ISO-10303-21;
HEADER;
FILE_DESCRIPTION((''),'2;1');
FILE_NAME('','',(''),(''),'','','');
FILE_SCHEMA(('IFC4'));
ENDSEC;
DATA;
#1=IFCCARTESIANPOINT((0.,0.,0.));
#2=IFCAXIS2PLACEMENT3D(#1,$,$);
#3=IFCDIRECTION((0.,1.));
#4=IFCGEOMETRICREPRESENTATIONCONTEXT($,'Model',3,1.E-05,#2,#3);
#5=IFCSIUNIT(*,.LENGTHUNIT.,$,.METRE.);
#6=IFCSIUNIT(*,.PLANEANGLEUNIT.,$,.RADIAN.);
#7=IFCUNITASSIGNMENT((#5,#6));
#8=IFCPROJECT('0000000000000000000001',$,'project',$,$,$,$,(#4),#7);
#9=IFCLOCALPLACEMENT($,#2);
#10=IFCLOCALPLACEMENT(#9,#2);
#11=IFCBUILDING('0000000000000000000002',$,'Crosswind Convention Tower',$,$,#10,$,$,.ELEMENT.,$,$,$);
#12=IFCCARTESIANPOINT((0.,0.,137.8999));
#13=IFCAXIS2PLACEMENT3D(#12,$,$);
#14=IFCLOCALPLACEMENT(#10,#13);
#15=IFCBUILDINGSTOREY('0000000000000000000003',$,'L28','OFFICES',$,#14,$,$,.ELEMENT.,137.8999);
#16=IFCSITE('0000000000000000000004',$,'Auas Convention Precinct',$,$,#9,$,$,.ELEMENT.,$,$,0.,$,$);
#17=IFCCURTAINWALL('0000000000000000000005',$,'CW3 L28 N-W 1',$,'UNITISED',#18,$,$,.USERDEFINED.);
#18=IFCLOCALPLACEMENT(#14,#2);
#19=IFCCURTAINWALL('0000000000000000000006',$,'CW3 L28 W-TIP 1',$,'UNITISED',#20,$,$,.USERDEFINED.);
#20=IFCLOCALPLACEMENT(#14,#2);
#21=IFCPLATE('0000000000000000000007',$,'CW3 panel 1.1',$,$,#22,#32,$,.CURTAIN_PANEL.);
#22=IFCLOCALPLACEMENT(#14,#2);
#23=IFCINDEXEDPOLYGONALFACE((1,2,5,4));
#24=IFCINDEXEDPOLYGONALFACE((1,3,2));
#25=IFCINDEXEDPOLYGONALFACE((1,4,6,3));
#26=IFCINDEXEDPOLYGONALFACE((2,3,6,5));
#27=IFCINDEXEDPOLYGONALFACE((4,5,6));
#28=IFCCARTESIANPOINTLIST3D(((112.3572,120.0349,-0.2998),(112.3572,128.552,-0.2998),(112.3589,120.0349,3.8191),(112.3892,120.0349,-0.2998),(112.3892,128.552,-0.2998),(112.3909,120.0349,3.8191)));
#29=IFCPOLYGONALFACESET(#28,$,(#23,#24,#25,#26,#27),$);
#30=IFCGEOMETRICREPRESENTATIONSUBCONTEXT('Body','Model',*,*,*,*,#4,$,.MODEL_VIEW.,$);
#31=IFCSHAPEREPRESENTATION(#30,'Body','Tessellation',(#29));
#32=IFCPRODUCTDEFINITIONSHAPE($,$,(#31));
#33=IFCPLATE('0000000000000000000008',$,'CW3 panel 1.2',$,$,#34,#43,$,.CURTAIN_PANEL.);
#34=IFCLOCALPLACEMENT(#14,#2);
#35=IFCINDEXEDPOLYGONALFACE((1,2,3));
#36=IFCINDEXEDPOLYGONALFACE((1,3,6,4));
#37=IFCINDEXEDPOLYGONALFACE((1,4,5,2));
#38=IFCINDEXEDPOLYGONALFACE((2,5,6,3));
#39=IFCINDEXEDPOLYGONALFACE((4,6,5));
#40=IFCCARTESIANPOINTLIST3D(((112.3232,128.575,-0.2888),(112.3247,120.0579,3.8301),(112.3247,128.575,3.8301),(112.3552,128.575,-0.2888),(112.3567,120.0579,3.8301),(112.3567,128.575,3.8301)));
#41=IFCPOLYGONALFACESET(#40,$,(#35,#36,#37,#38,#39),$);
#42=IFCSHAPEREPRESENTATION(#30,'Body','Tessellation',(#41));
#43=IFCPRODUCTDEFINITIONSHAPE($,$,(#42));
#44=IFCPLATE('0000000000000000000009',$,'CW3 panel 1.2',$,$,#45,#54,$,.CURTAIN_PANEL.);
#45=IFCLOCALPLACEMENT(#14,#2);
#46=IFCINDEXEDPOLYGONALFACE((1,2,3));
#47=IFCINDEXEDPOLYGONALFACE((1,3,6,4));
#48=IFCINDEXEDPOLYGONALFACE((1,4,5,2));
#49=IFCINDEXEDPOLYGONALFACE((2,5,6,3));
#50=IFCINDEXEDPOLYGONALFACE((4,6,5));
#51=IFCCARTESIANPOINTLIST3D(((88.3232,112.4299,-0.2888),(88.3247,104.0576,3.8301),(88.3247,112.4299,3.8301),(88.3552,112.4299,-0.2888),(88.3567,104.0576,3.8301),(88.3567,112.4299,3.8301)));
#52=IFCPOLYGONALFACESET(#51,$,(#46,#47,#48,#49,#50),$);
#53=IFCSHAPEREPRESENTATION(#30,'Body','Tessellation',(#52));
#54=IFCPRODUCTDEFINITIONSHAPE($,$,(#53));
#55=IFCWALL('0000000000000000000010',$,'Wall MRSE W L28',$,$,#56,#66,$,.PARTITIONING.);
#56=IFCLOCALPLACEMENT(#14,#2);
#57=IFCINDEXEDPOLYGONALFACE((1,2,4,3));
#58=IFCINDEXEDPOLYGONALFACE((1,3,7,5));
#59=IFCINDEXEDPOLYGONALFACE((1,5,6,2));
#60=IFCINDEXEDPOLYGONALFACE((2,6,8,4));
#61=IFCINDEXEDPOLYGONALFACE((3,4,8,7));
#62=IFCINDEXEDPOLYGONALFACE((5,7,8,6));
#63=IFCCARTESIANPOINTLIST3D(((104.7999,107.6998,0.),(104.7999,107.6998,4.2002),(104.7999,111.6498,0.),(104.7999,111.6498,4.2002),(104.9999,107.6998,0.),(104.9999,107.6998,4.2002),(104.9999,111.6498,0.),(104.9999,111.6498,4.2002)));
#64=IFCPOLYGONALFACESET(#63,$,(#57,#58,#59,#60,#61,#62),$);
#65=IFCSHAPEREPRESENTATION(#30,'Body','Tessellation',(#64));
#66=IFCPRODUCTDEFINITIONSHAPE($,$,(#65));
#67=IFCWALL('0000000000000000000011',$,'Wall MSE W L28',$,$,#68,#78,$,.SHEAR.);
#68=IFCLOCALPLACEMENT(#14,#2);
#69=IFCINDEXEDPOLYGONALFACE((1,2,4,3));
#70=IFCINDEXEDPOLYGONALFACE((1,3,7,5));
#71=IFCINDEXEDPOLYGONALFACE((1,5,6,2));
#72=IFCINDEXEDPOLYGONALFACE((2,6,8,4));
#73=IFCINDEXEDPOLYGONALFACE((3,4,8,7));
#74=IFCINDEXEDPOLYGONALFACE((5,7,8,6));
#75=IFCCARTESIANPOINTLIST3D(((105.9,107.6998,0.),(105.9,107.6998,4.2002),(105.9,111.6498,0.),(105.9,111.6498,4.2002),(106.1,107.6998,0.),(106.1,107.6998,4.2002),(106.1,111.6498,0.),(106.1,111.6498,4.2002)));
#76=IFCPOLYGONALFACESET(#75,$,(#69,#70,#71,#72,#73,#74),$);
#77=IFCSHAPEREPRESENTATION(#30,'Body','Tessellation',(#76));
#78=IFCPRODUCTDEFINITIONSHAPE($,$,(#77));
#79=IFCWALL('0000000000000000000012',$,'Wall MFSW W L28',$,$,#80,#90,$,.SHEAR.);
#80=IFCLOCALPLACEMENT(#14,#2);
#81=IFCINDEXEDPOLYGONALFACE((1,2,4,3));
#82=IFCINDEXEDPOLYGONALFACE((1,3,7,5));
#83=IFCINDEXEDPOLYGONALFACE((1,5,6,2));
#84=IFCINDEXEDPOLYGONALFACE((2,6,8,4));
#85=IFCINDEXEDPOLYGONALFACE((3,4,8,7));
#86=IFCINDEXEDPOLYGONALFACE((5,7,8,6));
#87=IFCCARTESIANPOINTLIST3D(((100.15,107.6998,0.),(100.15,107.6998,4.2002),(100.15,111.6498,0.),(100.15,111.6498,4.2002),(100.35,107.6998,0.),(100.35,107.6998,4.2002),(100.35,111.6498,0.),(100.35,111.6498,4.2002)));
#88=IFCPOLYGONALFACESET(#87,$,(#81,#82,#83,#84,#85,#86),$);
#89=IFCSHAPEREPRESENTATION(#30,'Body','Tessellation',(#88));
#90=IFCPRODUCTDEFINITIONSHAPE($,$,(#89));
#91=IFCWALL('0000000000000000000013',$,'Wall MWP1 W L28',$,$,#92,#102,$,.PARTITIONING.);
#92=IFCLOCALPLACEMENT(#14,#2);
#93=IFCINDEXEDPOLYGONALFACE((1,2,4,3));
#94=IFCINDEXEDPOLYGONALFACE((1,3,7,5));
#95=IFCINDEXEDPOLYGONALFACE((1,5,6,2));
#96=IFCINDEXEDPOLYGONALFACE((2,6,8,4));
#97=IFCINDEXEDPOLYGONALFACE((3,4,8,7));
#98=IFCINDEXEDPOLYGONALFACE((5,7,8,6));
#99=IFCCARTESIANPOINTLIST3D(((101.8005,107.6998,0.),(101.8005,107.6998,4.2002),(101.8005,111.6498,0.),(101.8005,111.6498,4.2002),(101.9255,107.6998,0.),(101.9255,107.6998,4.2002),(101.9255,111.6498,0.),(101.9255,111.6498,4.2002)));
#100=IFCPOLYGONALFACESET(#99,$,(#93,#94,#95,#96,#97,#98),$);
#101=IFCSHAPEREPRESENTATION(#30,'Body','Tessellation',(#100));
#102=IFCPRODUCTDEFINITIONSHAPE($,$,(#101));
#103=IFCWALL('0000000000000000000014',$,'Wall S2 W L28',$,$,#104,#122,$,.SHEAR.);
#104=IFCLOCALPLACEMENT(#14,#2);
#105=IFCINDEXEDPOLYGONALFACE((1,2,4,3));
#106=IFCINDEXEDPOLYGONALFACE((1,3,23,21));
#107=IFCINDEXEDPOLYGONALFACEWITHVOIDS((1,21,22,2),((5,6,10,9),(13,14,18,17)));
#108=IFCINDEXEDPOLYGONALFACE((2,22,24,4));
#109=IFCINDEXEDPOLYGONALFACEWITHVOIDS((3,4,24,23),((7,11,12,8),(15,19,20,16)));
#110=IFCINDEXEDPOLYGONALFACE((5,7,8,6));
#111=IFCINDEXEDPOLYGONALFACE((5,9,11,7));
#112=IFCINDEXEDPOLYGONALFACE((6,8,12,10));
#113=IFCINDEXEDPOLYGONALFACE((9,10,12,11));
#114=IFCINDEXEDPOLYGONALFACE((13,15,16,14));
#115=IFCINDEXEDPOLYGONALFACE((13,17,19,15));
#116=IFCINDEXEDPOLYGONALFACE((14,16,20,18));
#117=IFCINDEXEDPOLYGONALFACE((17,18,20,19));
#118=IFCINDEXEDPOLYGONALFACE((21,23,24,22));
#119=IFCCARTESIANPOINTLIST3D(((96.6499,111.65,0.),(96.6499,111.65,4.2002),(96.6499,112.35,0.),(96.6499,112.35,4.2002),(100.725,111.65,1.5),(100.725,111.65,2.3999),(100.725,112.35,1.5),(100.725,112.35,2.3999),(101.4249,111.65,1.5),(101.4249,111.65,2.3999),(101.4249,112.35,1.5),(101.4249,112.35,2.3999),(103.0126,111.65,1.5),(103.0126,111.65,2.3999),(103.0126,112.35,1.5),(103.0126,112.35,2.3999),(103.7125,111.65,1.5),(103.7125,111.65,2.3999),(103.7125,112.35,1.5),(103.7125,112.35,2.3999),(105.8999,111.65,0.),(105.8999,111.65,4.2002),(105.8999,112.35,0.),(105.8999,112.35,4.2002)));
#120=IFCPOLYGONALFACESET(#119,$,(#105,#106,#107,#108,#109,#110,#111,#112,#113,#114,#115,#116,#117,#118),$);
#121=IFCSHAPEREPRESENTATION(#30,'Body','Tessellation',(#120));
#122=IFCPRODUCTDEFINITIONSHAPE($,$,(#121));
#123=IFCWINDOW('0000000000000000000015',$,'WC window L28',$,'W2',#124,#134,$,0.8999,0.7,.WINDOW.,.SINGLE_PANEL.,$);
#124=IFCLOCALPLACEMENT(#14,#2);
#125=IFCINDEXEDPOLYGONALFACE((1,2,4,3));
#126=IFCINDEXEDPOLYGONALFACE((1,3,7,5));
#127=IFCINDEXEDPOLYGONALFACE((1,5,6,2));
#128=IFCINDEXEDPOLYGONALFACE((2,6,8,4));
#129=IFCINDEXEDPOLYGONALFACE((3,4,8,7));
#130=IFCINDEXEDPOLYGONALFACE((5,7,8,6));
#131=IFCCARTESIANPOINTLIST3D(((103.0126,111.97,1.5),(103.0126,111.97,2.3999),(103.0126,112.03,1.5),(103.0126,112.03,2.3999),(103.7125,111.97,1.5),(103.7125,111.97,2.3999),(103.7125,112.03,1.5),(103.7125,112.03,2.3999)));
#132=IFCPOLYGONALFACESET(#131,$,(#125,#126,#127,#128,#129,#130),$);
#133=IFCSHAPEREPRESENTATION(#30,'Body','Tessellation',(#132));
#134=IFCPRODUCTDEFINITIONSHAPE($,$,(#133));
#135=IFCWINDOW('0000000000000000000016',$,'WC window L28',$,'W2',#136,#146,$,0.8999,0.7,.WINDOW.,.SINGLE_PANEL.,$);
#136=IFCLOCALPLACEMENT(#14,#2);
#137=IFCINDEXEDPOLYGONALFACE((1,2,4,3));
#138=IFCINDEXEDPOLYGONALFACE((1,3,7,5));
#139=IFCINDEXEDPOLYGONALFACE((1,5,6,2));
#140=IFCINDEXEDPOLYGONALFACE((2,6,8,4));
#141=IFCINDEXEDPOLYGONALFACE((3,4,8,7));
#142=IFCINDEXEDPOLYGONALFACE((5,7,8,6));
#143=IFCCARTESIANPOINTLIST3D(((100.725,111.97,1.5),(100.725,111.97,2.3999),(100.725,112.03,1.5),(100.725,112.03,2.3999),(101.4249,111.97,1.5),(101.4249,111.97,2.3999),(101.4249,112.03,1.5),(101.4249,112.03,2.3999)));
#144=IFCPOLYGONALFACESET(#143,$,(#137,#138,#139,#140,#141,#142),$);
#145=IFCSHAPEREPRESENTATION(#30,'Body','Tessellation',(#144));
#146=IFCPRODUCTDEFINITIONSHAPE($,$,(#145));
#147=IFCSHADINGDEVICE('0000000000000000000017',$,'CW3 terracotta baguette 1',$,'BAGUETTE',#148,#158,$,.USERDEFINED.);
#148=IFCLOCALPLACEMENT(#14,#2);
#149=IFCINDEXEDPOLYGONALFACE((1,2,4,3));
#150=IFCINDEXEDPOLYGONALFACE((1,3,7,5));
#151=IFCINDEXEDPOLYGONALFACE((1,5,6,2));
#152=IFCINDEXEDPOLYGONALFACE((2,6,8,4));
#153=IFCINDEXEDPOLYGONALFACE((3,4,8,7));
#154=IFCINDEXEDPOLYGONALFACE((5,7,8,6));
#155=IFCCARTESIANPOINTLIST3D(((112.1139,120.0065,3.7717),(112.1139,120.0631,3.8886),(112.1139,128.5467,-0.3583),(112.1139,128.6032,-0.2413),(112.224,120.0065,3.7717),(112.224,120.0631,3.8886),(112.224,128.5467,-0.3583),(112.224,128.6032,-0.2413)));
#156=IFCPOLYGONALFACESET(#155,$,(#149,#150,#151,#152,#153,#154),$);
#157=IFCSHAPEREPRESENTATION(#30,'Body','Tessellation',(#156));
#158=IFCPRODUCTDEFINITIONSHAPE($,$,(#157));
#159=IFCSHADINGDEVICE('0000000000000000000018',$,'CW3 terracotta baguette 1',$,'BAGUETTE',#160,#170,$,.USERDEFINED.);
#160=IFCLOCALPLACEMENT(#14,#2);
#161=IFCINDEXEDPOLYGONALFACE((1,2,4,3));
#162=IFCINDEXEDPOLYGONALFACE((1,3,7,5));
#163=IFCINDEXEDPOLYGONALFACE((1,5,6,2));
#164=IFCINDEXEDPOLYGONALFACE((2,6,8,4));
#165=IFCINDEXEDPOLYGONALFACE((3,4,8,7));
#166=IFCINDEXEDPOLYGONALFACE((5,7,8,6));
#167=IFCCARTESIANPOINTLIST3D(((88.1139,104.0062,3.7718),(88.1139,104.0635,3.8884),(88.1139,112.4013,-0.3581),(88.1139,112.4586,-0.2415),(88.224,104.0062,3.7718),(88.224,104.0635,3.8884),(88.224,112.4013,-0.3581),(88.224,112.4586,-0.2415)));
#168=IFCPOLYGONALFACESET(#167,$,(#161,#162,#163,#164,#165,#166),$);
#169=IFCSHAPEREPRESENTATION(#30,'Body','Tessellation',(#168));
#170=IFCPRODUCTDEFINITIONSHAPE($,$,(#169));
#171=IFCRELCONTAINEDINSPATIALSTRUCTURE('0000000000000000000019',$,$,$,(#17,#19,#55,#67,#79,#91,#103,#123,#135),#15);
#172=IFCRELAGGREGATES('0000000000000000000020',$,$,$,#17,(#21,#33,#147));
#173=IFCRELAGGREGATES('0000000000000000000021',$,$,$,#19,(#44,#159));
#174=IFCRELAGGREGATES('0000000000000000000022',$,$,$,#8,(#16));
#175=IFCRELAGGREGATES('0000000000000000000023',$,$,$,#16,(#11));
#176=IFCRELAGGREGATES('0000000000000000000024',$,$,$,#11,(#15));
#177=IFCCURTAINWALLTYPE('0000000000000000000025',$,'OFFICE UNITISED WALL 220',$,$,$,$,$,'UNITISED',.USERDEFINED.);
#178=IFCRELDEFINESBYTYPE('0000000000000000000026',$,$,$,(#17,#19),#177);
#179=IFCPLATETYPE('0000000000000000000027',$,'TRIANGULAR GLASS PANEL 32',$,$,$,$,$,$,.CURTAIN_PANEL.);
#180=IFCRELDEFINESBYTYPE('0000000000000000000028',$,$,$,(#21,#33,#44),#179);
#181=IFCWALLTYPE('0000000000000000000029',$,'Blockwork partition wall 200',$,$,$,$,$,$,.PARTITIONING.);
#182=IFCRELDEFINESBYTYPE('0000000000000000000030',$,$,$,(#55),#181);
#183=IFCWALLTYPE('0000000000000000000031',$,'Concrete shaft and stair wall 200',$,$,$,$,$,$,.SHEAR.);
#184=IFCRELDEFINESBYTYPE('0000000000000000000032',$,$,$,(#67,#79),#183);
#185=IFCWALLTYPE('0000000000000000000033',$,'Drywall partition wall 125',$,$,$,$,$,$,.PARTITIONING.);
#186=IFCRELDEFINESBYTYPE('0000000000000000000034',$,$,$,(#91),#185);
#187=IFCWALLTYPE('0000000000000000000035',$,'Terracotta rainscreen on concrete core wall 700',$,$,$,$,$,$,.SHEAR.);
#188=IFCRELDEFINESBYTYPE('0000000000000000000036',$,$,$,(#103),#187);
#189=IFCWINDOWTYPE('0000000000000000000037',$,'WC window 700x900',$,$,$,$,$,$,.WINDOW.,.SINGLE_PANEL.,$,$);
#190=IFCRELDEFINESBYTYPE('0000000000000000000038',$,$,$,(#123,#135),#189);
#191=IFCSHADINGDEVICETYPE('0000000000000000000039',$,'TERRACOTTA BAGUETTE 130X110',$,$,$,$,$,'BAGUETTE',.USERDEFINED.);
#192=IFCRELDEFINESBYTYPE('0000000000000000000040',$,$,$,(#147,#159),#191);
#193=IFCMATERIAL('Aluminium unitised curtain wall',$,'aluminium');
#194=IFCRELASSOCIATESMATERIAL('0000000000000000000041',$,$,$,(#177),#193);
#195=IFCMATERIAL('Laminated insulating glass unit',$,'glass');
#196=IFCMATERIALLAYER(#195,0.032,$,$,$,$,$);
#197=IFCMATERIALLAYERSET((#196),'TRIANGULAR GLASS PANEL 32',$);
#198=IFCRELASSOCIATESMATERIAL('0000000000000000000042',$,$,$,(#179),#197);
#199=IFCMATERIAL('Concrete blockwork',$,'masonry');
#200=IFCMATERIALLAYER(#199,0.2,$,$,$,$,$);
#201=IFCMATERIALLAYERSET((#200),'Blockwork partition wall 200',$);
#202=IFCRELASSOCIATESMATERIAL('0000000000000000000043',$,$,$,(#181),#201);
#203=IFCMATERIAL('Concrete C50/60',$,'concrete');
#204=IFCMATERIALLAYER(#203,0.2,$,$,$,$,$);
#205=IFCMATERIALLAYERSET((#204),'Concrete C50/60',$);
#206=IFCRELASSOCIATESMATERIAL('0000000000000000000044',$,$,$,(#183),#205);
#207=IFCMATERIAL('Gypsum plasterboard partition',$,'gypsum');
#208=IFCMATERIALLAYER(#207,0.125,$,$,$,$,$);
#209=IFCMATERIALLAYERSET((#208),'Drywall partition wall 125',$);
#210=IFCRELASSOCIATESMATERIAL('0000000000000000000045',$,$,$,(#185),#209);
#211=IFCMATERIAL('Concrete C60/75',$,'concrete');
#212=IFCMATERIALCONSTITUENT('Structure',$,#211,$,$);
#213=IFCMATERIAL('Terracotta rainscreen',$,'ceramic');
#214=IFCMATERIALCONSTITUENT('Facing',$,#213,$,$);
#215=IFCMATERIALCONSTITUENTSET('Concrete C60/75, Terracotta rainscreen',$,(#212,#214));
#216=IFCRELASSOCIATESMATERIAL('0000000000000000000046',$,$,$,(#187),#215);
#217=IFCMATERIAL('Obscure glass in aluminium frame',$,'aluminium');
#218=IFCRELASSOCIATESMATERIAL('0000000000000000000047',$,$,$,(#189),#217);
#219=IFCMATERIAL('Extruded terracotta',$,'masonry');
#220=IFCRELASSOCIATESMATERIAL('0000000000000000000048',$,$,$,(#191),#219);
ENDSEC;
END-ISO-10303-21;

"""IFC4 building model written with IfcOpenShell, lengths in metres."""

from ifc_helpers import new_model, si_unit, direction, frame, frame_2d, origin, origin_2d, place, context, subcontext, project, spatial, polyline, rectangle, outline, extrude, material, layer, layer_set, constituent, constituent_set, material_profile, profile_set, type_object, element, fill, aggregate, save


model = new_model("IFC4")

# Units and contexts
model_context = context("Model", 3, precision=1e-05, world=origin(), true_north=direction((0.0, 1.0)))
body_context = subcontext(model_context, "Body", "Model", "MODEL_VIEW")
ifc_project = project(units=[si_unit("LENGTHUNIT", "METRE"), si_unit("PLANEANGLEUNIT", "RADIAN")], contexts=[model_context])

# Site, building, storey
site_placement = place(None, origin())
site = spatial("IfcSite", under=ifc_project, at=site_placement, Name="Auas Convention Precinct", CompositionType="ELEMENT", RefElevation=0.0)
building_placement = place(site_placement, origin())
building = spatial("IfcBuilding", under=site, at=building_placement, Name="Crosswind Convention Tower", CompositionType="ELEMENT")
storey_placement = place(building_placement, frame((0.0, 0.0, 137.8999)))
storey = spatial("IfcBuildingStorey", under=building, at=storey_placement, Name="L28", Description="OFFICES", CompositionType="ELEMENT", Elevation=137.8999)

# Shared definitions
ifc_material_1 = material(Name="Concrete C60/75", Category="concrete")

# Shared definitions
ifc_material_2 = material(Name="Aluminium unitised curtain wall", Category="aluminium")

# Curtain walls
curtain_wall_type_1 = type_object("IfcCurtainWallType", Name="OFFICE UNITISED WALL 220", ElementType="UNITISED", PredefinedType="USERDEFINED", material=ifc_material_2)
curtain_wall_1_placement = place(storey_placement, origin())
curtain_wall_1 = element("IfcCurtainWall", 1, at=curtain_wall_1_placement, inside=storey, type_object=curtain_wall_type_1, Name="CW3 L28 N-W 1", ObjectType="UNITISED", PredefinedType="USERDEFINED")
curtain_wall_2_placement = place(storey_placement, origin())
curtain_wall_2 = element("IfcCurtainWall", 2, at=curtain_wall_2_placement, inside=storey, type_object=curtain_wall_type_1, Name="CW3 L28 W-TIP 1", ObjectType="UNITISED", PredefinedType="USERDEFINED")

# Plates
ifc_material_3 = material(Name="Laminated insulating glass unit", Category="glass")
ifc_layer_1 = layer(ifc_material_3, 0.032)
ifc_layer_set_1 = layer_set([ifc_layer_1], Name="TRIANGULAR GLASS PANEL 32")
plate_type_1 = type_object("IfcPlateType", Name="TRIANGULAR GLASS PANEL 32", PredefinedType="CURTAIN_PANEL", material=ifc_layer_set_1)
plate_1_placement = place(storey_placement, frame((112.3572, 120.0349, -0.2998), z_axis=(-1.0, 0.0, 0.000415), x_axis=(0.000415, 0.0, 1.0)))
plate_1 = element("IfcPlate", 3, at=plate_1_placement, type_object=plate_type_1, Name="CW3 panel 1.1", PredefinedType="CURTAIN_PANEL", context=body_context, shape_type="SweptSolid", body=[
    extrude(outline(polyline([(0.0, 0.0), (4.1189, 0.0), (0.0, 8.5171), (0.0, 0.0)])), origin(), (0.0, 0.0, -1.0), 0.032),
])
plate_2_placement = place(storey_placement, frame((112.3247, 128.575, 3.8301), z_axis=(-1.0, 0.0, 0.000356), x_axis=(-0.000356, 0.0, -1.0)))
plate_2 = element("IfcPlate", 4, at=plate_2_placement, type_object=plate_type_1, Name="CW3 panel 1.2", PredefinedType="CURTAIN_PANEL", context=body_context, shape_type="SweptSolid", body=[
    extrude(outline(polyline([(0.0, 0.0), (4.1189, 0.0), (0.0, 8.5171), (0.0, 0.0)])), origin(), (0.0, 0.0, -1.0), 0.032),
])
plate_3_placement = place(storey_placement, frame((88.3247, 112.4299, 3.8301), z_axis=(-1.0, 0.0, 0.000356), x_axis=(-0.000356, 0.0, -1.0)))
plate_3 = element("IfcPlate", 5, at=plate_3_placement, type_object=plate_type_1, Name="CW3 panel 1.2", PredefinedType="CURTAIN_PANEL", context=body_context, shape_type="SweptSolid", body=[
    extrude(outline(polyline([(0.0, 0.0), (4.1189, 0.0), (0.0, 8.3723), (0.0, 0.0)])), origin(), (0.0, 0.0, -1.0), 0.032),
])

# Walls
ifc_material_4 = material(Name="Concrete blockwork", Category="masonry")
ifc_layer_2 = layer(ifc_material_4, 0.2)
ifc_layer_set_2 = layer_set([ifc_layer_2], Name="Blockwork partition wall 200")
wall_type_1 = type_object("IfcWallType", Name="Blockwork partition wall 200", PredefinedType="PARTITIONING", material=ifc_layer_set_2)
wall_1_placement = place(storey_placement, frame((104.8999, 111.6499, 0.0), z_axis=(0.0, 0.0, 1.0), x_axis=(0.0, -1.0, 0.0)))
element("IfcWall", 6, at=wall_1_placement, inside=storey, type_object=wall_type_1, Name="Wall MRSE W L28", PredefinedType="PARTITIONING", context=body_context, shape_type="SweptSolid", body=[
    extrude(rectangle(XDim=3.95, YDim=0.2, at=frame_2d((1.9751, 0.0))), origin(), (0.0, 0.0, 1.0), 4.2002),
])
ifc_material_5 = material(Name="Concrete C50/60", Category="concrete")
ifc_layer_3 = layer(ifc_material_5, 0.2)
ifc_layer_set_3 = layer_set([ifc_layer_3], Name="Concrete C50/60")
wall_type_2 = type_object("IfcWallType", Name="Concrete shaft and stair wall 200", PredefinedType="SHEAR", material=ifc_layer_set_3)
for number, where, z_axis, x_axis, name in (
    (7, (106.0, 111.6499, 0.0), (0.0, 0.0, 1.0), (0.0, -1.0, 0.0), "Wall MSE W L28"),
    (8, (100.25, 111.6499, 0.0), (0.0, 0.0, 1.0), (0.0, -1.0, 0.0), "Wall MFSW W L28"),
):
    element("IfcWall", number, at=place(storey_placement, frame(where, z_axis=z_axis, x_axis=x_axis)), inside=storey, type_object=wall_type_2, Name=name, PredefinedType="SHEAR", context=body_context, shape_type="SweptSolid", body=[
        extrude(rectangle(XDim=3.95, YDim=0.2, at=frame_2d((1.9751, 0.0))), origin(), (0.0, 0.0, 1.0), 4.2002),
    ])
ifc_material_6 = material(Name="Gypsum plasterboard partition", Category="gypsum")
ifc_layer_4 = layer(ifc_material_6, 0.125)
ifc_layer_set_4 = layer_set([ifc_layer_4], Name="Drywall partition wall 125")
wall_type_3 = type_object("IfcWallType", Name="Drywall partition wall 125", PredefinedType="PARTITIONING", material=ifc_layer_set_4)
wall_2_placement = place(storey_placement, frame((101.863, 111.6499, 0.0), z_axis=(0.0, 0.0, 1.0), x_axis=(0.0, -1.0, 0.0)))
element("IfcWall", 9, at=wall_2_placement, inside=storey, type_object=wall_type_3, Name="Wall MWP1 W L28", PredefinedType="PARTITIONING", context=body_context, shape_type="SweptSolid", body=[
    extrude(rectangle(XDim=3.95, YDim=0.125, at=frame_2d((1.9751, 0.0))), origin(), (0.0, 0.0, 1.0), 4.2002),
])

# Wall, openings, windows
ifc_constituent_1 = constituent(ifc_material_1, Name="Structure")
ifc_material_7 = material(Name="Terracotta rainscreen", Category="ceramic")
ifc_constituent_2 = constituent(ifc_material_7, Name="Facing")
ifc_constituent_set = constituent_set(constituents=[ifc_constituent_1, ifc_constituent_2], Name="Concrete C60/75, Terracotta rainscreen")
wall_type_4 = type_object("IfcWallType", Name="Terracotta rainscreen on concrete core wall 700", PredefinedType="SHEAR", material=ifc_constituent_set)
wall_3_placement = place(storey_placement, frame((105.8999, 112.0, 0.0), z_axis=(0.0, 0.0, 1.0), x_axis=(-1.0, 0.0, 0.0)))
wall_3 = element("IfcWall", 10, at=wall_3_placement, inside=storey, type_object=wall_type_4, Name="Wall S2 W L28", PredefinedType="SHEAR", context=body_context, shape_type="SweptSolid", body=[
    extrude(rectangle(XDim=9.25, YDim=0.7, at=frame_2d((4.625, 0.0))), origin(), (0.0, 0.0, 1.0), 4.2002),
])
opening_1_placement = place(wall_3_placement, frame((2.1873, 0.0, 1.5)))
opening_1 = element("IfcOpeningElement", 11, at=opening_1_placement, cuts=wall_3, PredefinedType="OPENING", context=body_context, shape_type="SweptSolid", body=[
    extrude(rectangle(XDim=0.7, YDim=0.8999, at=frame_2d((0.3501, 0.45))), frame((0.0, 0.3599, 0.0), z_axis=(0.0, -1.0, 0.0), x_axis=(1.0, 0.0, 0.0)), (0.0, 0.0, 1.0), 0.72),
])
opening_2_placement = place(wall_3_placement, frame((4.4749, 0.0, 1.5)))
opening_2 = element("IfcOpeningElement", 12, at=opening_2_placement, cuts=wall_3, PredefinedType="OPENING", context=body_context, shape_type="SweptSolid", body=[
    extrude(rectangle(XDim=0.7, YDim=0.8999, at=frame_2d((0.3501, 0.45))), frame((0.0, 0.3599, 0.0), z_axis=(0.0, -1.0, 0.0), x_axis=(1.0, 0.0, 0.0)), (0.0, 0.0, 1.0), 0.72),
])
ifc_material_8 = material(Name="Obscure glass in aluminium frame", Category="aluminium")
window_type = type_object("IfcWindowType", Name="WC window 700x900", PartitioningType="SINGLE_PANEL", PredefinedType="WINDOW", material=ifc_material_8)
window_1_placement = place(opening_1_placement, origin())
window_1 = element("IfcWindow", 13, at=window_1_placement, inside=storey, type_object=window_type, Name="WC window L28", ObjectType="W2", OverallHeight=0.8999, OverallWidth=0.7, PartitioningType="SINGLE_PANEL", PredefinedType="WINDOW", context=body_context, shape_type="SweptSolid", body=[
    extrude(rectangle(XDim=0.7, YDim=0.8999, at=frame_2d((0.3501, 0.45))), frame((0.0, 0.03, 0.0), z_axis=(0.0, -1.0, 0.0), x_axis=(1.0, 0.0, 0.0)), (0.0, 0.0, 1.0), 0.0601),
])
fill(opening_1, window_1)
window_2_placement = place(opening_2_placement, origin())
window_2 = element("IfcWindow", 14, at=window_2_placement, inside=storey, type_object=window_type, Name="WC window L28", ObjectType="W2", OverallHeight=0.8999, OverallWidth=0.7, PartitioningType="SINGLE_PANEL", PredefinedType="WINDOW", context=body_context, shape_type="SweptSolid", body=[
    extrude(rectangle(XDim=0.7, YDim=0.8999, at=frame_2d((0.3501, 0.45))), frame((0.0, 0.03, 0.0), z_axis=(0.0, -1.0, 0.0), x_axis=(1.0, 0.0, 0.0)), (0.0, 0.0, 1.0), 0.0601),
])
fill(opening_2, window_2)

# Shading devices
ifc_material_9 = material(Name="Extruded terracotta", Category="masonry")
ifc_material_profile_1 = material_profile(ifc_material_9, rectangle(XDim=0.1101, YDim=0.1299, at=origin_2d()), Name="TC 110X130")
ifc_profile_set_1 = profile_set([ifc_material_profile_1], Name="Extruded terracotta")
shading_device_type = type_object("IfcShadingDeviceType", Name="TERRACOTTA BAGUETTE 130X110", ElementType="BAGUETTE", PredefinedType="USERDEFINED", material=ifc_profile_set_1)
shading_device_1_placement = place(storey_placement, frame((112.1689, 128.575, -0.2998), z_axis=(0.0, -0.900258, 0.435356), x_axis=(1.0, 0.0, 0.0)))
shading_device_1 = element("IfcShadingDevice", 15, at=shading_device_1_placement, type_object=shading_device_type, Name="CW3 terracotta baguette 1", ObjectType="BAGUETTE", PredefinedType="USERDEFINED", context=body_context, shape_type="SweptSolid", body=[
    extrude(rectangle(XDim=0.1101, YDim=0.1299, at=origin_2d()), origin(), (0.0, 0.0, 1.0), 9.4863),
])
aggregate(curtain_wall_1, [plate_1, plate_2, shading_device_1])
shading_device_2_placement = place(storey_placement, frame((88.1689, 112.4299, -0.2998), z_axis=(0.0, -0.8973, 0.441422), x_axis=(1.0, 0.0, 0.0)))
shading_device_2 = element("IfcShadingDevice", 16, at=shading_device_2_placement, type_object=shading_device_type, Name="CW3 terracotta baguette 1", ObjectType="BAGUETTE", PredefinedType="USERDEFINED", context=body_context, shape_type="SweptSolid", body=[
    extrude(rectangle(XDim=0.1101, YDim=0.1299, at=origin_2d()), origin(), (0.0, 0.0, 1.0), 9.356),
])
aggregate(curtain_wall_2, [plate_3, shading_device_2])

save(model, "model.ifc")
